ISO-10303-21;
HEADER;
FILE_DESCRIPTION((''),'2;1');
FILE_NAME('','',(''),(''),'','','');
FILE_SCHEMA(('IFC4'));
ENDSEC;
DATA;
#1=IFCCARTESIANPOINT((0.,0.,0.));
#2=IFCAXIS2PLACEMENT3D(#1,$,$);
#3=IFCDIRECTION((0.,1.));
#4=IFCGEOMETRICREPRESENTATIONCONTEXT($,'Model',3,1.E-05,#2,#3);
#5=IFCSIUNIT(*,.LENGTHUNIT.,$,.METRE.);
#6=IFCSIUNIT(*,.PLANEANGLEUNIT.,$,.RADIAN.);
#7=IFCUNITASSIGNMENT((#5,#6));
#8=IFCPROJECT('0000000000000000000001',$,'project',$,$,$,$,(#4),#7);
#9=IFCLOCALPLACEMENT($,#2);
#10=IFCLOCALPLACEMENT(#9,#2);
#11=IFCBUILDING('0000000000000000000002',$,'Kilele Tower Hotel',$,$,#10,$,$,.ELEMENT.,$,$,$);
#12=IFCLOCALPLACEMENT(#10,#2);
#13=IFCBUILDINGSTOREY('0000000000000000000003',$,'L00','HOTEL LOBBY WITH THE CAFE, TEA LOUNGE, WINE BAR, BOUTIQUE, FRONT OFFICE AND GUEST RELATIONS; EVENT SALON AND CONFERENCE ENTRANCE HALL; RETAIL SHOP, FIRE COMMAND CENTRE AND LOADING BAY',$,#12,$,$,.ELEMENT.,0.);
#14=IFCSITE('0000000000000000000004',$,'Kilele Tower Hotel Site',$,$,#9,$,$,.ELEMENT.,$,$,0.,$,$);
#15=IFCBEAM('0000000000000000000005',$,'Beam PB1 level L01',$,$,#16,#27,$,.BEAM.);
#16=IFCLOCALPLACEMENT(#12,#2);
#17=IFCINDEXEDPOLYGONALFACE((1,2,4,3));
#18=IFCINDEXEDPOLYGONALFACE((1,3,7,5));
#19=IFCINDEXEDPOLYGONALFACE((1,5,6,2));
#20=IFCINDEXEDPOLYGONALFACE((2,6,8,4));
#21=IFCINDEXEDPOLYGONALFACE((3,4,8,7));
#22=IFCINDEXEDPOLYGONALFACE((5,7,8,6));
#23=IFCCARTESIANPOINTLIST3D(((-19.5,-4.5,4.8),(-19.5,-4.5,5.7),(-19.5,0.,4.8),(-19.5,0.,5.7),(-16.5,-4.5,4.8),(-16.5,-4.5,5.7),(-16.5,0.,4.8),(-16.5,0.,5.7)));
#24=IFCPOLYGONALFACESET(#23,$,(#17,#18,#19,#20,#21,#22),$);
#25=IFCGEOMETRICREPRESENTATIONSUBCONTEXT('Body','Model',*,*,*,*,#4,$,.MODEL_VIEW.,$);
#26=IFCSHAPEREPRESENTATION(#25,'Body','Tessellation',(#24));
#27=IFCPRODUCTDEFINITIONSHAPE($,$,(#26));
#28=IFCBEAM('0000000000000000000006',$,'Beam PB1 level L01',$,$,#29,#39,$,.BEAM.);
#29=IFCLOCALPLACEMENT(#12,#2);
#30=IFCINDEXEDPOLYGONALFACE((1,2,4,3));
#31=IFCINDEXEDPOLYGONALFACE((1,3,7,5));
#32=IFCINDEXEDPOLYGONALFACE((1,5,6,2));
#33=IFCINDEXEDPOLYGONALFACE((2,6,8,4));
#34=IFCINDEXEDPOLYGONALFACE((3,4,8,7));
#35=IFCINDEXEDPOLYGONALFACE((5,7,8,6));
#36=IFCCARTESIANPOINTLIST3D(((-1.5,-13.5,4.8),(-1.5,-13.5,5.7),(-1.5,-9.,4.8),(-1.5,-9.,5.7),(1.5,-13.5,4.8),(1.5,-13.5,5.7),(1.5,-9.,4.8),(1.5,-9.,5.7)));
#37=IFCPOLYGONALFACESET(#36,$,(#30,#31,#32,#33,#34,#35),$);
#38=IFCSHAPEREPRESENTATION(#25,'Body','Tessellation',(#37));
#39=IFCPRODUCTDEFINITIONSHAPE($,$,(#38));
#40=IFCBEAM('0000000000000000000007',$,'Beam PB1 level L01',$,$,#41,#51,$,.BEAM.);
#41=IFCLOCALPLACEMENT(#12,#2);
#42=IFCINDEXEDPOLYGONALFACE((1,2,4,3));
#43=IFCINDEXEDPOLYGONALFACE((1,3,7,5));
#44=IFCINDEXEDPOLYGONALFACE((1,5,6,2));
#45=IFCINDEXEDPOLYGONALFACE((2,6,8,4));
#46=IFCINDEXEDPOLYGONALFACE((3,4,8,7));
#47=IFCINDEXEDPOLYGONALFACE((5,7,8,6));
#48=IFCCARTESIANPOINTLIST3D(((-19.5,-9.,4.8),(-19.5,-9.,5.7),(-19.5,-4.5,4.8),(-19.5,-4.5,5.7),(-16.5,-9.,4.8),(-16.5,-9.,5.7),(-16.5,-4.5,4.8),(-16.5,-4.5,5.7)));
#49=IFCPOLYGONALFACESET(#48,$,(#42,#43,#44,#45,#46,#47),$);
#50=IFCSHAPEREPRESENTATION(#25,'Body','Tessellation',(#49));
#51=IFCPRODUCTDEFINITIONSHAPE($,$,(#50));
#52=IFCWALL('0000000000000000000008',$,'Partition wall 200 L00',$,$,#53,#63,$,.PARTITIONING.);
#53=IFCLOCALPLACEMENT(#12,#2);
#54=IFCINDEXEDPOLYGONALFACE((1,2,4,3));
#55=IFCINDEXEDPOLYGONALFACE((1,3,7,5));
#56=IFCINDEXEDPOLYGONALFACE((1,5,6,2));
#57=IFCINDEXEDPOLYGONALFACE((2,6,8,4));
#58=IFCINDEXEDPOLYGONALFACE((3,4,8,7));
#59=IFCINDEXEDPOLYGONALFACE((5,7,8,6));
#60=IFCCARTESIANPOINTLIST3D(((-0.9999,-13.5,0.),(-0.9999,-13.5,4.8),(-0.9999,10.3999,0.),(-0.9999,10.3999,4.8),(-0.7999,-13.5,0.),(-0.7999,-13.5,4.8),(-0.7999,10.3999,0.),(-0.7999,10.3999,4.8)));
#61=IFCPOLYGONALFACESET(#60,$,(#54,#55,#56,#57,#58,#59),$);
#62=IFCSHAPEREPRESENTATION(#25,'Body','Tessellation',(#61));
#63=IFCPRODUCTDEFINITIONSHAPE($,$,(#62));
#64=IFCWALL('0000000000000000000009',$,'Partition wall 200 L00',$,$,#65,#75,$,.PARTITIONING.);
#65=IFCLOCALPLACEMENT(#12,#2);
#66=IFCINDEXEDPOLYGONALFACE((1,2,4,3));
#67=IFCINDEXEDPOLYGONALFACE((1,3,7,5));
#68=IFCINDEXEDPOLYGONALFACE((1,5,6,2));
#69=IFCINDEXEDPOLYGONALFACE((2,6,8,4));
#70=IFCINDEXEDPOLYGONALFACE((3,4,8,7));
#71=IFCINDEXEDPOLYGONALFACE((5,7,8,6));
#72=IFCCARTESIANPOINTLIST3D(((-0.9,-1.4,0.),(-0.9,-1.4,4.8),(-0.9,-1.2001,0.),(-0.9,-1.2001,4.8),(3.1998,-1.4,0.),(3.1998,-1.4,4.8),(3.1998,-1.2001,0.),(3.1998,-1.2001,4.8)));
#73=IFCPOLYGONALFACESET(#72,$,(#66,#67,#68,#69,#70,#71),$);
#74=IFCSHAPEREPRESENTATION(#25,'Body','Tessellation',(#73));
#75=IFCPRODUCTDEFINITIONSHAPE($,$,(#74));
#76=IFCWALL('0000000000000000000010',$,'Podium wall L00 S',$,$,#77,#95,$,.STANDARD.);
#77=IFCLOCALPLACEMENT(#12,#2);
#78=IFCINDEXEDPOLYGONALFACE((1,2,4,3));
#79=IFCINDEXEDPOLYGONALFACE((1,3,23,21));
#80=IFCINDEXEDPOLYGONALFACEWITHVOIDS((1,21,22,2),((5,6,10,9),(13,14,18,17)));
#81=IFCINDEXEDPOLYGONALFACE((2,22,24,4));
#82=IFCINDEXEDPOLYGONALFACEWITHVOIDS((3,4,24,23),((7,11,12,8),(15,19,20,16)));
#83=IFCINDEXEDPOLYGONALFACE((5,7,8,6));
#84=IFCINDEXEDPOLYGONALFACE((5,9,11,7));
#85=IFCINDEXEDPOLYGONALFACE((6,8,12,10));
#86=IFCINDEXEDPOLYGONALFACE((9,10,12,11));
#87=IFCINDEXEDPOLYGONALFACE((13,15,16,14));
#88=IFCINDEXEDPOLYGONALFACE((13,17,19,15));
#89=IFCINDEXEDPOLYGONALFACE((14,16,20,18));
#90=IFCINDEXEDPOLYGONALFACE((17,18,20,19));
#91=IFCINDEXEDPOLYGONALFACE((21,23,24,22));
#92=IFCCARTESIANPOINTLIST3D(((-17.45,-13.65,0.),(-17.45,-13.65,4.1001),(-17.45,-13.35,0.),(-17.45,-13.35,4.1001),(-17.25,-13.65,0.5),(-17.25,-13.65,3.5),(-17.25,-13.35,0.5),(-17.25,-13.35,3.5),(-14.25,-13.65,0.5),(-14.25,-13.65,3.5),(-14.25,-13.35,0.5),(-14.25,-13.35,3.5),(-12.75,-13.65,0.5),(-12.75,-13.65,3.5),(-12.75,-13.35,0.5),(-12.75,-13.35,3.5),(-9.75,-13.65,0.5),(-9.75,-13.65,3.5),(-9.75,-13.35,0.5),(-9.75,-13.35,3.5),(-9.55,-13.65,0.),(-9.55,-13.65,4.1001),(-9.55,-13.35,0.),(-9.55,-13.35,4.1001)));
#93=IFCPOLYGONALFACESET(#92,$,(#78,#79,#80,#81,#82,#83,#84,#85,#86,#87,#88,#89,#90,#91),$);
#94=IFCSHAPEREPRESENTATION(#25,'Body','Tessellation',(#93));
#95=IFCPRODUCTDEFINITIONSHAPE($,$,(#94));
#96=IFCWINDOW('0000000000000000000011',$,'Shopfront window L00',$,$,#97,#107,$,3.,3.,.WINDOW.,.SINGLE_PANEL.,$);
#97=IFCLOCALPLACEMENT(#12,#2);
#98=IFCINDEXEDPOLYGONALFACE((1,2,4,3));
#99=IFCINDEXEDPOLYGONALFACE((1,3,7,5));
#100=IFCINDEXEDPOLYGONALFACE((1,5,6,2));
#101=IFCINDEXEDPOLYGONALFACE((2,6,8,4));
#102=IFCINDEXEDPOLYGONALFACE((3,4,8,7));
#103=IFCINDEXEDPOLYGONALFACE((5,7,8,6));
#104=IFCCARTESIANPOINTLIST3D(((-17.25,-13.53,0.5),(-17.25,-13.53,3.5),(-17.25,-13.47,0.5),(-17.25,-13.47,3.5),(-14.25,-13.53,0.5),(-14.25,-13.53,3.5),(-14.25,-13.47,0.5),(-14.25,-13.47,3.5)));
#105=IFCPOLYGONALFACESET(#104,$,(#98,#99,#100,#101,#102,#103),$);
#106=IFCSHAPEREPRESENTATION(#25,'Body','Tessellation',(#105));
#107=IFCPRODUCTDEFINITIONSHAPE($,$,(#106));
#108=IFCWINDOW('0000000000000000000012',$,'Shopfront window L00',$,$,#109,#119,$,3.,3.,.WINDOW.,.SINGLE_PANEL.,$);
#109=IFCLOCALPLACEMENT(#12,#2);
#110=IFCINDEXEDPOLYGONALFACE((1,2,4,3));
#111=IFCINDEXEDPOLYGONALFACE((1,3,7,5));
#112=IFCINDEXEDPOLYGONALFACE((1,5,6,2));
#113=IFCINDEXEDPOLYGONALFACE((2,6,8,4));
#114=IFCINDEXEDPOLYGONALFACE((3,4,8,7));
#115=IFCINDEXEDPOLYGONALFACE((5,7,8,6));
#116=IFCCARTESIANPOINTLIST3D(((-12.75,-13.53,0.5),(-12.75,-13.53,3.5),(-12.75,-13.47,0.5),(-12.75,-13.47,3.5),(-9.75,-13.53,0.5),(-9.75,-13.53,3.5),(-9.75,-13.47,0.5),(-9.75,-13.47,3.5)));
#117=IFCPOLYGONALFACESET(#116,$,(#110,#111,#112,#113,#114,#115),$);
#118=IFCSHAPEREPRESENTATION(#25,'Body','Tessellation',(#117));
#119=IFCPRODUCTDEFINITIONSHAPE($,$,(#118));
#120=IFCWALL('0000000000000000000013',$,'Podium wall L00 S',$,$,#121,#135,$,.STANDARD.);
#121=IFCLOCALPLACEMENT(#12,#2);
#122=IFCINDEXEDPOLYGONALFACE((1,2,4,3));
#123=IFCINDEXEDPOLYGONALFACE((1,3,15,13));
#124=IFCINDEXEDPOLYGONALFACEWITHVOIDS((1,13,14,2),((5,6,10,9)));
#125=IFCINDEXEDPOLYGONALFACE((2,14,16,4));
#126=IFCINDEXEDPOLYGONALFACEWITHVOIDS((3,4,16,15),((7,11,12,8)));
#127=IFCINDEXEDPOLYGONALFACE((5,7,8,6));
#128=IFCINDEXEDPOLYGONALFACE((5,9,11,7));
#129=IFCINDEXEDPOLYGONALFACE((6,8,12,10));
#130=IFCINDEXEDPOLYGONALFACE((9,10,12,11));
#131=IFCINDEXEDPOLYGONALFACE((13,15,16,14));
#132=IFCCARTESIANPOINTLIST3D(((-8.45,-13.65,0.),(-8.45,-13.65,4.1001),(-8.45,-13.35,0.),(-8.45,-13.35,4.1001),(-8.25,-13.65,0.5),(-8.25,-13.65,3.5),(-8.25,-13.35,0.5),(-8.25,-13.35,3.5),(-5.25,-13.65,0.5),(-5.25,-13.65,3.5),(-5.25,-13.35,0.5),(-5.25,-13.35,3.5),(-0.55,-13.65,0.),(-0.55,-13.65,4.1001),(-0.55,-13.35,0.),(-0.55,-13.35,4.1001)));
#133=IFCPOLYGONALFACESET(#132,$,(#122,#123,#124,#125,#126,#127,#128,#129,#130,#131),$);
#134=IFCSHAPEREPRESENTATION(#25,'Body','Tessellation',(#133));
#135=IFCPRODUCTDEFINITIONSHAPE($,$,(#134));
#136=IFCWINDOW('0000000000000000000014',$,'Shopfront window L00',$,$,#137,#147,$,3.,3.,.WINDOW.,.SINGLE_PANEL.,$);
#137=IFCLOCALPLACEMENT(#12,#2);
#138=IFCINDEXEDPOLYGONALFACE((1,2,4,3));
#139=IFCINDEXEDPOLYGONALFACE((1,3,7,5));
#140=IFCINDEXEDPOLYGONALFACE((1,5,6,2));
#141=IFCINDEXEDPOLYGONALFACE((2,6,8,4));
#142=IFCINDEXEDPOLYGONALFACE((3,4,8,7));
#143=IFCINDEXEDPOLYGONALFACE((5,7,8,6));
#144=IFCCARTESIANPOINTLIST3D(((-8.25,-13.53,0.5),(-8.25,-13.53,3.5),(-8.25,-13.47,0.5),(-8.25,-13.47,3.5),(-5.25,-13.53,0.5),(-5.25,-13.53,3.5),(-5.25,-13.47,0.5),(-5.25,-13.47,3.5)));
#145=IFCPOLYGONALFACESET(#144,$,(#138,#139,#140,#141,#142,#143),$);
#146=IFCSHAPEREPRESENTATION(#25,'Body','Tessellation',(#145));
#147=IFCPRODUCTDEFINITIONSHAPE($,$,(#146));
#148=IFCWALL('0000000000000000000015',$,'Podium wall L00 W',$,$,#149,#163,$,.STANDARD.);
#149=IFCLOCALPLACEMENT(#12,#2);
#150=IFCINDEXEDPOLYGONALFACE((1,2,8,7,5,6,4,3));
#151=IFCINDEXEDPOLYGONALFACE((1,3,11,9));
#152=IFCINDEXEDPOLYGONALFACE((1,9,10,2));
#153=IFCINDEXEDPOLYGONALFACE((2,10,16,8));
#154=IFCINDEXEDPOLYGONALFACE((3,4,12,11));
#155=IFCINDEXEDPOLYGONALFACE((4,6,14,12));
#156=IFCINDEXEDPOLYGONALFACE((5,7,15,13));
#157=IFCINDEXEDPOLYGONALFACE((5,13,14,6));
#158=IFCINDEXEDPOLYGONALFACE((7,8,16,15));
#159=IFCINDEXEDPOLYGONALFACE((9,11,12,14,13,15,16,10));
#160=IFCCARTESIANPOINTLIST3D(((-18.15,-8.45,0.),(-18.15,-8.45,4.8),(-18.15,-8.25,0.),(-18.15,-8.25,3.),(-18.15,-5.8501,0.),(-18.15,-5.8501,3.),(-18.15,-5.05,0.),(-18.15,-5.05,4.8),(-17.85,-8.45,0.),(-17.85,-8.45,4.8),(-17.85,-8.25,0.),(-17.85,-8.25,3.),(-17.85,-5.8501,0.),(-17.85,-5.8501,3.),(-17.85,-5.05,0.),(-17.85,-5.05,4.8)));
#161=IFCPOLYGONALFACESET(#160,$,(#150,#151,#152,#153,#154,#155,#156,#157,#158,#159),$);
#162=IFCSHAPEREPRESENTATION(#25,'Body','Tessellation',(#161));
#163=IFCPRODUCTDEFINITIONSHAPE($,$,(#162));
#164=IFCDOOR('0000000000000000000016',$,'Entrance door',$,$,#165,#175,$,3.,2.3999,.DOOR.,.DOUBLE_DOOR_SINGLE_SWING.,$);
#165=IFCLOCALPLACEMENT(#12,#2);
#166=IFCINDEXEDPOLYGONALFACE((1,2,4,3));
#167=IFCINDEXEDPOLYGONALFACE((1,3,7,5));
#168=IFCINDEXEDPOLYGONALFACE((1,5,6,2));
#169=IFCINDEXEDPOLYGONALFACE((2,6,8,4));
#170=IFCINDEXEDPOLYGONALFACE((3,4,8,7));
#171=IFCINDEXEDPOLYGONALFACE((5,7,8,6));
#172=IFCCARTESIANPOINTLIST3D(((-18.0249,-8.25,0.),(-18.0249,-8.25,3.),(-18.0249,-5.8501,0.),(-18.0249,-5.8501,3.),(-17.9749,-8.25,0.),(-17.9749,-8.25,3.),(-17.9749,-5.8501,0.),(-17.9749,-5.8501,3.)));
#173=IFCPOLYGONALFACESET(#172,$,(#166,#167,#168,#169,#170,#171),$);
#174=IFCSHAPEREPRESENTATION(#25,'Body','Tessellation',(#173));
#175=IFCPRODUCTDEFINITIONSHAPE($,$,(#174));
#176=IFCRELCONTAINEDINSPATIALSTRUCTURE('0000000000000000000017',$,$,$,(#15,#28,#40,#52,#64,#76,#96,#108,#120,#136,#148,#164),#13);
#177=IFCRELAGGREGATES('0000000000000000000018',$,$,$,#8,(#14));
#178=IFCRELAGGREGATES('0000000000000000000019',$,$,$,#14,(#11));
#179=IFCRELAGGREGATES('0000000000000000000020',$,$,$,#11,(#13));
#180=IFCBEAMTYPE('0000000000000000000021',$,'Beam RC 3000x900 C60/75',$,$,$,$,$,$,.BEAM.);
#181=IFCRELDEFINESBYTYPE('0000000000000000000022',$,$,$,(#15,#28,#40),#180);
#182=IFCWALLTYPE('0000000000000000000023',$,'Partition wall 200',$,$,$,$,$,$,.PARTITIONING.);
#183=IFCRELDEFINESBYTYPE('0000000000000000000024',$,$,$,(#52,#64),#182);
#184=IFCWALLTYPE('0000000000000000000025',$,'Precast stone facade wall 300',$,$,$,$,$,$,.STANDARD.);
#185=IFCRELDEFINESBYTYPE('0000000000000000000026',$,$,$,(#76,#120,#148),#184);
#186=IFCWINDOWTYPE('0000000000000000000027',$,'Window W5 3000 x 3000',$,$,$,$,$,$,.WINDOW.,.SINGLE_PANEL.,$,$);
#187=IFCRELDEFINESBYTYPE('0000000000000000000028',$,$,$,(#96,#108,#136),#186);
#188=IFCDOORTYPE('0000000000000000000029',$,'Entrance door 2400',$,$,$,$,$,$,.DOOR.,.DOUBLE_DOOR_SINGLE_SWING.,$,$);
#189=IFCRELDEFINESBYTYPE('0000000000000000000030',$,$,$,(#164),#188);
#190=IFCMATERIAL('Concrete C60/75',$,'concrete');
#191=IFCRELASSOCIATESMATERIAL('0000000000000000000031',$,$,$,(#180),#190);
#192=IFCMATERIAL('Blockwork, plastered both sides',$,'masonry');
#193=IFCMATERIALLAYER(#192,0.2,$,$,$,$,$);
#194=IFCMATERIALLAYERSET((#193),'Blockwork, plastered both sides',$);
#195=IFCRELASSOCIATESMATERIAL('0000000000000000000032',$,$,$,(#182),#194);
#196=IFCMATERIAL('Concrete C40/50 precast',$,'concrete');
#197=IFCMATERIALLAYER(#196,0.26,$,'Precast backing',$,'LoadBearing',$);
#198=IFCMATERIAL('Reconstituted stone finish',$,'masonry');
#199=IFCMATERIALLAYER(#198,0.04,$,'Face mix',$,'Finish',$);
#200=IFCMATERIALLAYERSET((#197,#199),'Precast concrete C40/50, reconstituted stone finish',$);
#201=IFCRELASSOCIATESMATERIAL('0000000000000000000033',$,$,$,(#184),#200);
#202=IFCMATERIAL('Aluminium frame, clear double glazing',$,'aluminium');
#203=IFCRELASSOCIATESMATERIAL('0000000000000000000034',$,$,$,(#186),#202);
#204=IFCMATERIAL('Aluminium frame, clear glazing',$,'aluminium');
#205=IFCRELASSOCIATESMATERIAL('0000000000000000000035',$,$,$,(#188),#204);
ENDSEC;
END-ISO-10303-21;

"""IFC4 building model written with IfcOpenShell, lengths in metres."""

from ifc_helpers import new_model, si_unit, direction, frame, frame_2d, origin, origin_2d, place, context, subcontext, project, spatial, rectangle, extrude, material, layer, layer_set, material_profile, profile_set, type_object, element, fill, save


model = new_model("IFC4")

# Units and contexts
model_context = context("Model", 3, precision=1e-05, world=origin(), true_north=direction((0.0, 1.0)))
body_context = subcontext(model_context, "Body", "Model", "MODEL_VIEW")
ifc_project = project(units=[si_unit("LENGTHUNIT", "METRE"), si_unit("PLANEANGLEUNIT", "RADIAN")], contexts=[model_context])

# Site, building, storey
site_placement = place(None, origin())
site = spatial("IfcSite", under=ifc_project, at=site_placement, Name="Kilele Tower Hotel Site", CompositionType="ELEMENT", RefElevation=0.0)
building_placement = place(site_placement, origin())
building = spatial("IfcBuilding", under=site, at=building_placement, Name="Kilele Tower Hotel", CompositionType="ELEMENT")
storey_placement = place(building_placement, origin())
storey = spatial("IfcBuildingStorey", under=building, at=storey_placement, Name="L00", Description="HOTEL LOBBY WITH THE CAFE, TEA LOUNGE, WINE BAR, BOUTIQUE, FRONT OFFICE AND GUEST RELATIONS; EVENT SALON AND CONFERENCE ENTRANCE HALL; RETAIL SHOP, FIRE COMMAND CENTRE AND LOADING BAY", CompositionType="ELEMENT", Elevation=0.0)

# Beams
ifc_material_1 = material(Name="Concrete C60/75", Category="concrete")
ifc_material_profile_1 = material_profile(ifc_material_1, rectangle(XDim=3.0, YDim=0.8999, at=origin_2d()))
ifc_profile_set_1 = profile_set([ifc_material_profile_1], Name="Concrete C60/75")
beam_type_1 = type_object("IfcBeamType", Name="Beam RC 3000x900 C60/75", PredefinedType="BEAM", material=ifc_profile_set_1)
for number, where, z_axis, x_axis, name in (
    (1, (-18.0, -4.5, 5.25), (0.0, 1.0, 0.0), (-1.0, 0.0, 0.0), "Beam PB1 level L01"),
    (2, (0.0, -13.5, 5.25), (0.0, 1.0, 0.0), (-1.0, 0.0, 0.0), "Beam PB1 level L01"),
    (3, (-18.0, -9.0, 5.25), (0.0, 1.0, 0.0), (-1.0, 0.0, 0.0), "Beam PB1 level L01"),
):
    element("IfcBeam", number, at=place(storey_placement, frame(where, z_axis=z_axis, x_axis=x_axis)), inside=storey, type_object=beam_type_1, Name=name, PredefinedType="BEAM", context=body_context, shape_type="SweptSolid", body=[
        extrude(rectangle(XDim=3.0, YDim=0.8999, at=origin_2d()), origin(), (0.0, 0.0, 1.0), 4.5),
    ])

# Walls
ifc_material_2 = material(Name="Blockwork, plastered both sides", Category="masonry")
ifc_layer_1 = layer(ifc_material_2, 0.2)
ifc_layer_set_1 = layer_set([ifc_layer_1], Name="Blockwork, plastered both sides")
wall_type_1 = type_object("IfcWallType", Name="Partition wall 200", PredefinedType="PARTITIONING", material=ifc_layer_set_1)
wall_1_placement = place(storey_placement, frame((-0.8999, -13.5, 0.0), z_axis=(0.0, 0.0, 1.0), x_axis=(0.0, 1.0, 0.0)))
element("IfcWall", 4, at=wall_1_placement, inside=storey, type_object=wall_type_1, Name="Partition wall 200 L00", PredefinedType="PARTITIONING", context=body_context, shape_type="SweptSolid", body=[
    extrude(rectangle(XDim=23.8999, YDim=0.2, at=frame_2d((11.95, 0.0))), origin(), (0.0, 0.0, 1.0), 4.8),
])
wall_2_placement = place(storey_placement, frame((-0.8999, -1.3, 0.0), z_axis=(0.0, 0.0, 1.0), x_axis=(1.0, 0.0, 0.0)))
element("IfcWall", 5, at=wall_2_placement, inside=storey, type_object=wall_type_1, Name="Partition wall 200 L00", PredefinedType="PARTITIONING", context=body_context, shape_type="SweptSolid", body=[
    extrude(rectangle(XDim=4.0999, YDim=0.2, at=frame_2d((2.0498, 0.0))), origin(), (0.0, 0.0, 1.0), 4.8),
])

# Wall, openings, windows
ifc_material_3 = material(Name="Concrete C40/50 precast", Category="concrete")
ifc_layer_2 = layer(ifc_material_3, 0.26, Name="Precast backing", Category="LoadBearing")
ifc_material_4 = material(Name="Reconstituted stone finish", Category="masonry")
ifc_layer_3 = layer(ifc_material_4, 0.04, Name="Face mix", Category="Finish")
ifc_layer_set_2 = layer_set([ifc_layer_2, ifc_layer_3], Name="Precast concrete C40/50, reconstituted stone finish")
wall_type_2 = type_object("IfcWallType", Name="Precast stone facade wall 300", PredefinedType="STANDARD", material=ifc_layer_set_2)
wall_3_placement = place(storey_placement, frame((-17.45, -13.5, 0.0), z_axis=(0.0, 0.0, 1.0), x_axis=(1.0, 0.0, 0.0)))
wall_3 = element("IfcWall", 6, at=wall_3_placement, inside=storey, type_object=wall_type_2, Name="Podium wall L00 S", PredefinedType="STANDARD", context=body_context, shape_type="SweptSolid", body=[
    extrude(rectangle(XDim=7.8999, YDim=0.3, at=frame_2d((3.95, 0.0))), origin(), (0.0, 0.0, 1.0), 4.1001),
])
opening_1_placement = place(wall_3_placement, frame((0.2, 0.0, 0.5)))
opening_1 = element("IfcOpeningElement", 7, at=opening_1_placement, cuts=wall_3, PredefinedType="OPENING", context=body_context, shape_type="SweptSolid", body=[
    extrude(rectangle(XDim=3.0, YDim=3.0, at=frame_2d((1.5, 1.5))), frame((0.0, 0.1599, 0.0), z_axis=(0.0, -1.0, 0.0), x_axis=(1.0, 0.0, 0.0)), (0.0, 0.0, 1.0), 0.3201),
])
opening_2_placement = place(wall_3_placement, frame((4.7, 0.0, 0.5)))
opening_2 = element("IfcOpeningElement", 8, at=opening_2_placement, cuts=wall_3, PredefinedType="OPENING", context=body_context, shape_type="SweptSolid", body=[
    extrude(rectangle(XDim=3.0, YDim=3.0, at=frame_2d((1.5, 1.5))), frame((0.0, 0.1599, 0.0), z_axis=(0.0, -1.0, 0.0), x_axis=(1.0, 0.0, 0.0)), (0.0, 0.0, 1.0), 0.3201),
])
ifc_material_5 = material(Name="Aluminium frame, clear double glazing", Category="aluminium")
window_type = type_object("IfcWindowType", Name="Window W5 3000 x 3000", PartitioningType="SINGLE_PANEL", PredefinedType="WINDOW", material=ifc_material_5)
window_1_placement = place(opening_1_placement, origin())
window_1 = element("IfcWindow", 9, at=window_1_placement, inside=storey, type_object=window_type, Name="Shopfront window L00", OverallHeight=3.0, OverallWidth=3.0, PartitioningType="SINGLE_PANEL", PredefinedType="WINDOW", context=body_context, shape_type="SweptSolid", body=[
    extrude(rectangle(XDim=3.0, YDim=3.0, at=frame_2d((1.5, 1.5))), frame((0.0, 0.03, 0.0), z_axis=(0.0, -1.0, 0.0), x_axis=(1.0, 0.0, 0.0)), (0.0, 0.0, 1.0), 0.0601),
])
fill(opening_1, window_1)
window_2_placement = place(opening_2_placement, origin())
window_2 = element("IfcWindow", 10, at=window_2_placement, inside=storey, type_object=window_type, Name="Shopfront window L00", OverallHeight=3.0, OverallWidth=3.0, PartitioningType="SINGLE_PANEL", PredefinedType="WINDOW", context=body_context, shape_type="SweptSolid", body=[
    extrude(rectangle(XDim=3.0, YDim=3.0, at=frame_2d((1.5, 1.5))), frame((0.0, 0.03, 0.0), z_axis=(0.0, -1.0, 0.0), x_axis=(1.0, 0.0, 0.0)), (0.0, 0.0, 1.0), 0.0601),
])
fill(opening_2, window_2)

# Wall, opening, window
wall_4_placement = place(storey_placement, frame((-8.45, -13.5, 0.0), z_axis=(0.0, 0.0, 1.0), x_axis=(1.0, 0.0, 0.0)))
wall_4 = element("IfcWall", 11, at=wall_4_placement, inside=storey, type_object=wall_type_2, Name="Podium wall L00 S", PredefinedType="STANDARD", context=body_context, shape_type="SweptSolid", body=[
    extrude(rectangle(XDim=7.8999, YDim=0.3, at=frame_2d((3.95, 0.0))), origin(), (0.0, 0.0, 1.0), 4.1001),
])
opening_3_placement = place(wall_4_placement, frame((0.2, 0.0, 0.5)))
opening_3 = element("IfcOpeningElement", 12, at=opening_3_placement, cuts=wall_4, PredefinedType="OPENING", context=body_context, shape_type="SweptSolid", body=[
    extrude(rectangle(XDim=3.0, YDim=3.0, at=frame_2d((1.5, 1.5))), frame((0.0, 0.1599, 0.0), z_axis=(0.0, -1.0, 0.0), x_axis=(1.0, 0.0, 0.0)), (0.0, 0.0, 1.0), 0.3201),
])
window_3_placement = place(opening_3_placement, origin())
window_3 = element("IfcWindow", 13, at=window_3_placement, inside=storey, type_object=window_type, Name="Shopfront window L00", OverallHeight=3.0, OverallWidth=3.0, PartitioningType="SINGLE_PANEL", PredefinedType="WINDOW", context=body_context, shape_type="SweptSolid", body=[
    extrude(rectangle(XDim=3.0, YDim=3.0, at=frame_2d((1.5, 1.5))), frame((0.0, 0.03, 0.0), z_axis=(0.0, -1.0, 0.0), x_axis=(1.0, 0.0, 0.0)), (0.0, 0.0, 1.0), 0.0601),
])
fill(opening_3, window_3)

# Wall, opening, door
wall_5_placement = place(storey_placement, frame((-18.0, -5.05, 0.0), z_axis=(0.0, 0.0, 1.0), x_axis=(0.0, -1.0, 0.0)))
wall_5 = element("IfcWall", 14, at=wall_5_placement, inside=storey, type_object=wall_type_2, Name="Podium wall L00 W", PredefinedType="STANDARD", context=body_context, shape_type="SweptSolid", body=[
    extrude(rectangle(XDim=3.3999, YDim=0.3, at=frame_2d((1.7, 0.0))), origin(), (0.0, 0.0, 1.0), 4.8),
])
opening_4_placement = place(wall_5_placement, frame((3.2, 0.0, 0.0), z_axis=(0.0, 0.0, 1.0), x_axis=(-1.0, 0.0, 0.0)))
opening_4 = element("IfcOpeningElement", 15, at=opening_4_placement, cuts=wall_5, PredefinedType="OPENING", context=body_context, shape_type="SweptSolid", body=[
    extrude(rectangle(XDim=2.3999, YDim=3.0, at=frame_2d((1.2, 1.5))), frame((0.0, 0.1599, 0.0), z_axis=(0.0, -1.0, 0.0), x_axis=(1.0, 0.0, 0.0)), (0.0, 0.0, 1.0), 0.3201),
])
ifc_material_6 = material(Name="Aluminium frame, clear glazing", Category="aluminium")
door_type = type_object("IfcDoorType", Name="Entrance door 2400", OperationType="DOUBLE_DOOR_SINGLE_SWING", PredefinedType="DOOR", material=ifc_material_6)
door_placement = place(opening_4_placement, origin())
door = element("IfcDoor", 16, at=door_placement, inside=storey, type_object=door_type, Name="Entrance door", OperationType="DOUBLE_DOOR_SINGLE_SWING", OverallHeight=3.0, OverallWidth=2.3999, PredefinedType="DOOR", context=body_context, shape_type="SweptSolid", body=[
    extrude(rectangle(XDim=2.3999, YDim=3.0, at=frame_2d((1.2, 1.5))), frame((0.0, 0.0249, 0.0), z_axis=(0.0, -1.0, 0.0), x_axis=(1.0, 0.0, 0.0)), (0.0, 0.0, 1.0), 0.05),
])
fill(opening_4, door)

save(model, "model.ifc")
